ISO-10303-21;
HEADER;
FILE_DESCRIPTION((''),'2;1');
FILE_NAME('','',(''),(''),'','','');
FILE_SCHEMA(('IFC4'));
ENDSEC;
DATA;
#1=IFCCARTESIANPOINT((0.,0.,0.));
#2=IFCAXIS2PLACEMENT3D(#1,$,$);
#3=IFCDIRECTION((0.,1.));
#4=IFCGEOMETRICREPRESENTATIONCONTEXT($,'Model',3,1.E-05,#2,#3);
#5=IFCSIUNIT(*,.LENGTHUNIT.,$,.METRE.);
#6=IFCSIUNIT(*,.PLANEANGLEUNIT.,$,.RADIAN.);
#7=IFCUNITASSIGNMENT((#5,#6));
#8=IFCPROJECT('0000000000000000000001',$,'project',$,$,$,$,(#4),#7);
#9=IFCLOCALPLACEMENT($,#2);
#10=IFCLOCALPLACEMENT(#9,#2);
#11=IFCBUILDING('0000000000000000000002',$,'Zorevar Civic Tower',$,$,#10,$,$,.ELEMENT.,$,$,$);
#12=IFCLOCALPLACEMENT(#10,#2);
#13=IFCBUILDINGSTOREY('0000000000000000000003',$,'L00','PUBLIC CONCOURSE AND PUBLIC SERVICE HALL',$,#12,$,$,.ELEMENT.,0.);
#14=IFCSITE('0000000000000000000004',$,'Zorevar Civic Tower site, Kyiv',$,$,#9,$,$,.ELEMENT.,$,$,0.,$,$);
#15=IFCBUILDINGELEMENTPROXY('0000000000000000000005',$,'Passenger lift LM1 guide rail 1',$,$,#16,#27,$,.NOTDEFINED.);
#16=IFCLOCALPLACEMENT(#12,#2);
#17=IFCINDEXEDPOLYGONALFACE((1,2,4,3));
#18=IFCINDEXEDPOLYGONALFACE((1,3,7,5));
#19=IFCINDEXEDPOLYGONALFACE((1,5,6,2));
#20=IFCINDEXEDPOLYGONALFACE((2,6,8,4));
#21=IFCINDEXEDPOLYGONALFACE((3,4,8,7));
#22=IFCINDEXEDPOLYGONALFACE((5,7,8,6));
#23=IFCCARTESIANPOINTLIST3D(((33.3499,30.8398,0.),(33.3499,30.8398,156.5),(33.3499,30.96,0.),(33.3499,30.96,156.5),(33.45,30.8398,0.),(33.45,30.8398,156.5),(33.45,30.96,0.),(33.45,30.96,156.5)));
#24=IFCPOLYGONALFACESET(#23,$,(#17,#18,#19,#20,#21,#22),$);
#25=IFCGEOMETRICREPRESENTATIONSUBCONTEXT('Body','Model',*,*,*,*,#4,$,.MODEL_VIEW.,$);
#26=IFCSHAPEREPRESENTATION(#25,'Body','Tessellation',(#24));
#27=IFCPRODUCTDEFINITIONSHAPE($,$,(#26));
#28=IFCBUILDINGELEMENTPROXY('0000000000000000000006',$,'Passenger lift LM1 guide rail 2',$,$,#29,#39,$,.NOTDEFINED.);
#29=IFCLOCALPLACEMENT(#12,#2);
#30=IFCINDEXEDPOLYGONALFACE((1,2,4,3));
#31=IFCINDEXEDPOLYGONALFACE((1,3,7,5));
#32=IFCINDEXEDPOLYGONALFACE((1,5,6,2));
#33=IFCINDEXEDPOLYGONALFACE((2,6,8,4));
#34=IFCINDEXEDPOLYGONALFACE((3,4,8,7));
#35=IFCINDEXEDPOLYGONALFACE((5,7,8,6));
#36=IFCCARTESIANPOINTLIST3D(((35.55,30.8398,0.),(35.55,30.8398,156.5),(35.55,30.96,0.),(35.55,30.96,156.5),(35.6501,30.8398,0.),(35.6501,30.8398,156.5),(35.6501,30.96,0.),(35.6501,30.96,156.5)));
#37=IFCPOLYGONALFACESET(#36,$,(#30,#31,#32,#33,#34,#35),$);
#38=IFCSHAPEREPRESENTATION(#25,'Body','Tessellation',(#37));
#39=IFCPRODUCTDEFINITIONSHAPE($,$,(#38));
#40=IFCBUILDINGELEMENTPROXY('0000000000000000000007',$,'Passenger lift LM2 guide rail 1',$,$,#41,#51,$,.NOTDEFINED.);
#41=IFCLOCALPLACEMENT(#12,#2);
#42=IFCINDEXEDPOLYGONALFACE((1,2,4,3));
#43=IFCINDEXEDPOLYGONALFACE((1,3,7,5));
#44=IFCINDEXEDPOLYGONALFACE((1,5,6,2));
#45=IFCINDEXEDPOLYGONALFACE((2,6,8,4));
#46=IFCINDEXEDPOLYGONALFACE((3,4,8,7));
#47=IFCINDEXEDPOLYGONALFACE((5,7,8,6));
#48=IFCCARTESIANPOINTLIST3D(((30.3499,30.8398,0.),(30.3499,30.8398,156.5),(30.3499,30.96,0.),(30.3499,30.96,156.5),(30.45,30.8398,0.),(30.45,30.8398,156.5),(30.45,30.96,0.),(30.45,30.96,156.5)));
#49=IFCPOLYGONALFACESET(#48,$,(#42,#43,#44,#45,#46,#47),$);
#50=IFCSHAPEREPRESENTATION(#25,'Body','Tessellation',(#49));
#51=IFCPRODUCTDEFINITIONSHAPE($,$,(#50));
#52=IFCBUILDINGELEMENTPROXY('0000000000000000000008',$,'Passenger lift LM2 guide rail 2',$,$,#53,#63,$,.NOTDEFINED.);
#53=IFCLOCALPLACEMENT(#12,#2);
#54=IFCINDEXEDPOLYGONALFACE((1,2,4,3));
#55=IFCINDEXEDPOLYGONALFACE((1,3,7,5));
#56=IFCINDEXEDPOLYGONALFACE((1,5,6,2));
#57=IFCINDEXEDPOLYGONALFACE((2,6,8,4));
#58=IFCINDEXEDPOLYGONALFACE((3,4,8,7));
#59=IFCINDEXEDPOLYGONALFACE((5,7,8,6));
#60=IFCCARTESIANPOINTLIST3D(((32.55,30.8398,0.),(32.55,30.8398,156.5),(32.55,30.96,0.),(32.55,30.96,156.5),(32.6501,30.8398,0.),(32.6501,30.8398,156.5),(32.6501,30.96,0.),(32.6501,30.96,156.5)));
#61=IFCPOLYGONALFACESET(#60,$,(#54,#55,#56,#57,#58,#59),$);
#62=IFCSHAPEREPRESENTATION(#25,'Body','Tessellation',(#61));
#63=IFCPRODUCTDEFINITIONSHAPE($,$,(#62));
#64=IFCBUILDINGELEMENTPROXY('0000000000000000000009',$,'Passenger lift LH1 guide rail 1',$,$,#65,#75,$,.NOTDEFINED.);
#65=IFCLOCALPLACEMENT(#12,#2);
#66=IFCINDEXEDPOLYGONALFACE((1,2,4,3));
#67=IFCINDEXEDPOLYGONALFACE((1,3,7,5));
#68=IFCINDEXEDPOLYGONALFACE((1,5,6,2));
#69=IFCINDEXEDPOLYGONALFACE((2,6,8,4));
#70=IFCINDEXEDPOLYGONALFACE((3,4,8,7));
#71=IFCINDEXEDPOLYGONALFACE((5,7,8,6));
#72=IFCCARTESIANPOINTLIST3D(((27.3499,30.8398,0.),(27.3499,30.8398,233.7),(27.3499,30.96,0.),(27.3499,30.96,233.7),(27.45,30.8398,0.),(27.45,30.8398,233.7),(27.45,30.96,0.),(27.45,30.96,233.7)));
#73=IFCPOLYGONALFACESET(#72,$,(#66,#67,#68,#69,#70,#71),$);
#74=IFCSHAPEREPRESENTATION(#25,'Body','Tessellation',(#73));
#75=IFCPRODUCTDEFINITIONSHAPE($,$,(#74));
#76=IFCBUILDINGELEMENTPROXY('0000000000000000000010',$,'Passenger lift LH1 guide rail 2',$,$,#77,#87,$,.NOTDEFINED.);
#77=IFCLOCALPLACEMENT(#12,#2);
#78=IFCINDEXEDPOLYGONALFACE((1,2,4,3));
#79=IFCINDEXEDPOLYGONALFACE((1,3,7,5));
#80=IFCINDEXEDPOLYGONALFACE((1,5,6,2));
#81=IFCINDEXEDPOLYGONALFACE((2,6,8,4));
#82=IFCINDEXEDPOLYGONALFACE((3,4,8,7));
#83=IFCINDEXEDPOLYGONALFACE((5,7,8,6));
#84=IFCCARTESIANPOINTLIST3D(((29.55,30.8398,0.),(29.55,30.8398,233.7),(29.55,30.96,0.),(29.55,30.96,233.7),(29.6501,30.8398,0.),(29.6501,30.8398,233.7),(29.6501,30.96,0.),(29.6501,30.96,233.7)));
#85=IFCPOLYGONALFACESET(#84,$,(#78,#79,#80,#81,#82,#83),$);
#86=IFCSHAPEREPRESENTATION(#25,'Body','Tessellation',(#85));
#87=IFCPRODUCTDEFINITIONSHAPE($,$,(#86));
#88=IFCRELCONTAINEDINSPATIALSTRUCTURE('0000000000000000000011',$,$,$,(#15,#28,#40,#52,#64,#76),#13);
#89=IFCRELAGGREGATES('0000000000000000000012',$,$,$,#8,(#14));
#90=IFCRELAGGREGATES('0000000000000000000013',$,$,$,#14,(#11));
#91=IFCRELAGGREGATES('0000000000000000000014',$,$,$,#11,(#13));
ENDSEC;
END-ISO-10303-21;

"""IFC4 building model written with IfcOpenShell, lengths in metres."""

from ifc_helpers import new_model, si_unit, direction, frame, origin, origin_2d, place, context, subcontext, project, spatial, rectangle, extrude, element, save


model = new_model("IFC4")

# Units and contexts
model_context = context("Model", 3, precision=1e-05, world=origin(), true_north=direction((0.0, 1.0)))
body_context = subcontext(model_context, "Body", "Model", "MODEL_VIEW")
ifc_project = project(units=[si_unit("LENGTHUNIT", "METRE"), si_unit("PLANEANGLEUNIT", "RADIAN")], contexts=[model_context])

# Site, building, storey
site_placement = place(None, origin())
site = spatial("IfcSite", under=ifc_project, at=site_placement, Name="Zorevar Civic Tower site, Kyiv", CompositionType="ELEMENT", RefElevation=0.0)
building_placement = place(site_placement, origin())
building = spatial("IfcBuilding", under=site, at=building_placement, Name="Zorevar Civic Tower", CompositionType="ELEMENT")
storey_placement = place(building_placement, origin())
storey = spatial("IfcBuildingStorey", under=building, at=storey_placement, Name="L00", Description="PUBLIC CONCOURSE AND PUBLIC SERVICE HALL", CompositionType="ELEMENT", Elevation=0.0)

# Building element proxies
for number, where, z_axis, x_axis, name in (
    (1, (33.3999, 30.8999, 0.0), (0.0, 0.0, 1.0), (1.0, 0.0, 0.0), "Passenger lift LM1 guide rail 1"),
    (2, (35.6001, 30.8999, 0.0), (0.0, 0.0, 1.0), (1.0, 0.0, 0.0), "Passenger lift LM1 guide rail 2"),
    (3, (30.3999, 30.8999, 0.0), (0.0, 0.0, 1.0), (1.0, 0.0, 0.0), "Passenger lift LM2 guide rail 1"),
    (4, (32.6001, 30.8999, 0.0), (0.0, 0.0, 1.0), (1.0, 0.0, 0.0), "Passenger lift LM2 guide rail 2"),
):
    element("IfcBuildingElementProxy", number, at=place(storey_placement, frame(where, z_axis=z_axis, x_axis=x_axis)), inside=storey, Name=name, PredefinedType="NOTDEFINED", context=body_context, shape_type="SweptSolid", body=[
        extrude(rectangle(XDim=0.1001, YDim=0.1201, at=origin_2d()), origin(), (0.0, 0.0, 1.0), 156.5),
    ])
for number, where, z_axis, x_axis, name in (
    (5, (27.3999, 30.8999, 0.0), (0.0, 0.0, 1.0), (1.0, 0.0, 0.0), "Passenger lift LH1 guide rail 1"),
    (6, (29.6001, 30.8999, 0.0), (0.0, 0.0, 1.0), (1.0, 0.0, 0.0), "Passenger lift LH1 guide rail 2"),
):
    element("IfcBuildingElementProxy", number, at=place(storey_placement, frame(where, z_axis=z_axis, x_axis=x_axis)), inside=storey, Name=name, PredefinedType="NOTDEFINED", context=body_context, shape_type="SweptSolid", body=[
        extrude(rectangle(XDim=0.1001, YDim=0.1201, at=origin_2d()), origin(), (0.0, 0.0, 1.0), 233.7),
    ])

save(model, "model.ifc")
